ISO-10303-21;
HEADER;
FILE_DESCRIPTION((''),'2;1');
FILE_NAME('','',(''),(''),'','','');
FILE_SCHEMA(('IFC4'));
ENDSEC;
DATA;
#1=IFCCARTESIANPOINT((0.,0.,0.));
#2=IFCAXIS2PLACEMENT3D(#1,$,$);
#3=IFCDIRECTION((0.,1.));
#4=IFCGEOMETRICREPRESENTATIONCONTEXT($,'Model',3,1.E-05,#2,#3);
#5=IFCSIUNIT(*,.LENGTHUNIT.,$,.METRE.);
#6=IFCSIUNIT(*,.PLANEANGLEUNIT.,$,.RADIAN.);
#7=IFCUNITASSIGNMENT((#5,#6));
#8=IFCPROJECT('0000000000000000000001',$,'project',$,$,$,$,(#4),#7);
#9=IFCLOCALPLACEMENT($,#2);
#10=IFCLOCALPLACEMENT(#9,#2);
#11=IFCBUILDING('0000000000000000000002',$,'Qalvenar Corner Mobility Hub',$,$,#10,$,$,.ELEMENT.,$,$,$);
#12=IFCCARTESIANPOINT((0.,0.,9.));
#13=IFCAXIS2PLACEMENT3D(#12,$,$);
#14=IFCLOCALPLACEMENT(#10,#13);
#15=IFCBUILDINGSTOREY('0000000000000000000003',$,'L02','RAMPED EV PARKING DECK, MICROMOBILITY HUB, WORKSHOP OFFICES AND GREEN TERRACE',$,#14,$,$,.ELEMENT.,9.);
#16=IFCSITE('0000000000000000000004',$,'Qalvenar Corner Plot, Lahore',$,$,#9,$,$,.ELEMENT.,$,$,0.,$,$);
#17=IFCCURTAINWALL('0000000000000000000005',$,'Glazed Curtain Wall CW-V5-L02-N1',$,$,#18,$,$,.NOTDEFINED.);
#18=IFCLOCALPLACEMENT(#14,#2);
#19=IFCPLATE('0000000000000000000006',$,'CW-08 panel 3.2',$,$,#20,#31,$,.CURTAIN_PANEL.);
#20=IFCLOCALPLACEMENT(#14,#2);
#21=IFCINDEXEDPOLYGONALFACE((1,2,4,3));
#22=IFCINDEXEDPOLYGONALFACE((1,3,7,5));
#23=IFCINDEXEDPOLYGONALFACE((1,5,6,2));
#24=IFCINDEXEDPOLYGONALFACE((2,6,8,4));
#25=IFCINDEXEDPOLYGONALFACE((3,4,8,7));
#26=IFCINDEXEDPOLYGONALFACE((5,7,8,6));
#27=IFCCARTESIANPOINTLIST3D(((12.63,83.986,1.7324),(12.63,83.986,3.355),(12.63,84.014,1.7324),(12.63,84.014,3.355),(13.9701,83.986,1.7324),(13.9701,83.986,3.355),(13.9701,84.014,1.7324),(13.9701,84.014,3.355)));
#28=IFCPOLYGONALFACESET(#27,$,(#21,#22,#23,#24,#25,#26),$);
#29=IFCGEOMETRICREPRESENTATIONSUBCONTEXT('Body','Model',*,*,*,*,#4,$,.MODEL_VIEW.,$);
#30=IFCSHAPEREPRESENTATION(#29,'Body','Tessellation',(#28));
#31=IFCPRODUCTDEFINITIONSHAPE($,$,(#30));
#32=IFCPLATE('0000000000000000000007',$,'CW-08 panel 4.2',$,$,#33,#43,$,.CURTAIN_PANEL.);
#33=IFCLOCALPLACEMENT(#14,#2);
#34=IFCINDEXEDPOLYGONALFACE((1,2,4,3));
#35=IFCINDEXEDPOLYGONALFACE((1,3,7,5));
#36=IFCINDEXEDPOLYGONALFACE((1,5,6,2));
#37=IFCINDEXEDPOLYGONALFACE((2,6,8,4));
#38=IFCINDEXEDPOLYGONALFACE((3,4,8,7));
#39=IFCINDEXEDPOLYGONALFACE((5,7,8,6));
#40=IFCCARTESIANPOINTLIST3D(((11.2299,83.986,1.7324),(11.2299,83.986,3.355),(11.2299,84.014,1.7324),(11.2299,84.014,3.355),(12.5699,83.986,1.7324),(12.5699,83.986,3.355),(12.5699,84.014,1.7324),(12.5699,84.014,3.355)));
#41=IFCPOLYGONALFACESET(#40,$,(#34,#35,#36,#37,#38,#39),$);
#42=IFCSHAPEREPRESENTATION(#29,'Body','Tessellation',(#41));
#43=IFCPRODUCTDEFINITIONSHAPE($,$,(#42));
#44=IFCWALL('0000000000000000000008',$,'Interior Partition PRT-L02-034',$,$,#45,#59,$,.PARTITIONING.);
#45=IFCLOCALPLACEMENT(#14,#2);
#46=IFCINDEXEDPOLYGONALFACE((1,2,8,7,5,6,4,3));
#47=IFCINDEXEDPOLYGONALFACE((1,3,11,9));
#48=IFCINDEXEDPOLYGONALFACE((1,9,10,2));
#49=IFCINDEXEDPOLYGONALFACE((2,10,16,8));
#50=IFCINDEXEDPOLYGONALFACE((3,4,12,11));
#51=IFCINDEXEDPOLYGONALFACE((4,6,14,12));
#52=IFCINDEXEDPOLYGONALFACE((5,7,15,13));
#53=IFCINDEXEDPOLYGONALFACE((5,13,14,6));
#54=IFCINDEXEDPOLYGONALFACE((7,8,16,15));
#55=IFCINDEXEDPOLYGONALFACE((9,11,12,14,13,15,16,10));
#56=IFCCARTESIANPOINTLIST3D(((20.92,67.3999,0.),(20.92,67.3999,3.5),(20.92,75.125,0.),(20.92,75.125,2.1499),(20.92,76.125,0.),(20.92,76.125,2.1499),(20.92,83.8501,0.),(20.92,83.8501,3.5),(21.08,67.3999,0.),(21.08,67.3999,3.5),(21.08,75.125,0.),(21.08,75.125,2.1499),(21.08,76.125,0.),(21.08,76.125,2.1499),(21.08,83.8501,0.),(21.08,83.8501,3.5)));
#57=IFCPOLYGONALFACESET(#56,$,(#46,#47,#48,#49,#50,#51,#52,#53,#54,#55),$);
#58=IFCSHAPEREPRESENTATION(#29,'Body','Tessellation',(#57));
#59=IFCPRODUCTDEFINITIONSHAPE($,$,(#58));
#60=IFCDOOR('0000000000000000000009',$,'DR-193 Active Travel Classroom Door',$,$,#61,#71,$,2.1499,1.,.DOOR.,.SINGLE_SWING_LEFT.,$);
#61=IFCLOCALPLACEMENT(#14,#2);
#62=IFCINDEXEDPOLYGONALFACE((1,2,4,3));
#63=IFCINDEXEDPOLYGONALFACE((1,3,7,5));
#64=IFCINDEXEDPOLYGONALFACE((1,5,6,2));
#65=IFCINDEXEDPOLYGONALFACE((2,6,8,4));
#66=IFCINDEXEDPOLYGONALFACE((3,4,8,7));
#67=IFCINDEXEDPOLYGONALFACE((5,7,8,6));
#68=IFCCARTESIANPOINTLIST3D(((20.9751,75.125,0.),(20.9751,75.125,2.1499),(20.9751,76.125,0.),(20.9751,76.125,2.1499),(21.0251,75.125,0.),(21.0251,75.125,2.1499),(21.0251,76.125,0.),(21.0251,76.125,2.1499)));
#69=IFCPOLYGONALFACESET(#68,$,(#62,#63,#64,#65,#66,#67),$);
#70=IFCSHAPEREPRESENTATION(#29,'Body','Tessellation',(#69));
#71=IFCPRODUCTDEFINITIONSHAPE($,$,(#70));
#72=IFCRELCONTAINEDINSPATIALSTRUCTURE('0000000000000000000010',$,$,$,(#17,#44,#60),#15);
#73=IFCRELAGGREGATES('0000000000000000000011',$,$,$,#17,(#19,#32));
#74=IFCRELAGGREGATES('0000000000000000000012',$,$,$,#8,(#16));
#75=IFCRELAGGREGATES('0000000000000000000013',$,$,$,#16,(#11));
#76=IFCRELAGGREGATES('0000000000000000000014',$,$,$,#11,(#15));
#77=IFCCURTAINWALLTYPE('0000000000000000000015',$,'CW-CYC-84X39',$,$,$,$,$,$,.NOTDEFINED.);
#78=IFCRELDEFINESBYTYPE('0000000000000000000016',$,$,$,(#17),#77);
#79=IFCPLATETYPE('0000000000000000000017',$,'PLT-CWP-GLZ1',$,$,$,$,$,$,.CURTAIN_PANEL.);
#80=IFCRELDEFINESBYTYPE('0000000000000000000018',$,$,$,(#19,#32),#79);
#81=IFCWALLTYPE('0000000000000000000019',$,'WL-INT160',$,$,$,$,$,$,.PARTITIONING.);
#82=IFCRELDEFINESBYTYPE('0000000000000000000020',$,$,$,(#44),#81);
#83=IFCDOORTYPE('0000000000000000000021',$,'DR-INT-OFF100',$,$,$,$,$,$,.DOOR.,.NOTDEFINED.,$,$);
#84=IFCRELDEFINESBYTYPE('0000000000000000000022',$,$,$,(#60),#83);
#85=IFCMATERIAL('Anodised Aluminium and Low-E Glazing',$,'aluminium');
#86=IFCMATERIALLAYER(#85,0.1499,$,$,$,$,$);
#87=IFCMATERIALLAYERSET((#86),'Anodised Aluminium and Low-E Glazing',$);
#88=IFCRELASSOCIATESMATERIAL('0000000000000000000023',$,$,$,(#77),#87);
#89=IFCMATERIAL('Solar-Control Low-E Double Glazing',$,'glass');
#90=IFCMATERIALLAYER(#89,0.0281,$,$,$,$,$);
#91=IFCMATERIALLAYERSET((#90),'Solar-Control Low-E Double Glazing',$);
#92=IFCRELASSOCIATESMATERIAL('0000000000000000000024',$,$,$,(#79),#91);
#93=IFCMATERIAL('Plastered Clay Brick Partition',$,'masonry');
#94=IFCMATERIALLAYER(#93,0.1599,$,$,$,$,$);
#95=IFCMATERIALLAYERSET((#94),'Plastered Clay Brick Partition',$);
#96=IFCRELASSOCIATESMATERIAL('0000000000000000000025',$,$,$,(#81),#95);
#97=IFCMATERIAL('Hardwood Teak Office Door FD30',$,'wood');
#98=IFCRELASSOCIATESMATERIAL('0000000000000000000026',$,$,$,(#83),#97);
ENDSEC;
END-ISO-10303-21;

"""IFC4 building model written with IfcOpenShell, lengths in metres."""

from ifc_helpers import new_model, si_unit, direction, frame, frame_2d, origin, origin_2d, place, context, subcontext, project, spatial, rectangle, extrude, material, layer, layer_set, type_object, element, fill, aggregate, save


model = new_model("IFC4")

# Units and contexts
model_context = context("Model", 3, precision=1e-05, world=origin(), true_north=direction((0.0, 1.0)))
body_context = subcontext(model_context, "Body", "Model", "MODEL_VIEW")
ifc_project = project(units=[si_unit("LENGTHUNIT", "METRE"), si_unit("PLANEANGLEUNIT", "RADIAN")], contexts=[model_context])

# Site, building, storey
site_placement = place(None, origin())
site = spatial("IfcSite", under=ifc_project, at=site_placement, Name="Qalvenar Corner Plot, Lahore", CompositionType="ELEMENT", RefElevation=0.0)
building_placement = place(site_placement, origin())
building = spatial("IfcBuilding", under=site, at=building_placement, Name="Qalvenar Corner Mobility Hub", CompositionType="ELEMENT")
storey_placement = place(building_placement, frame((0.0, 0.0, 9.0)))
storey = spatial("IfcBuildingStorey", under=building, at=storey_placement, Name="L02", Description="RAMPED EV PARKING DECK, MICROMOBILITY HUB, WORKSHOP OFFICES AND GREEN TERRACE", CompositionType="ELEMENT", Elevation=9.0)

# Curtain wall
ifc_material_1 = material(Name="Anodised Aluminium and Low-E Glazing", Category="aluminium")
ifc_layer_1 = layer(ifc_material_1, 0.1499)
ifc_layer_set_1 = layer_set([ifc_layer_1], Name="Anodised Aluminium and Low-E Glazing")
curtain_wall_type = type_object("IfcCurtainWallType", Name="CW-CYC-84X39", PredefinedType="NOTDEFINED", material=ifc_layer_set_1)
curtain_wall_placement = place(storey_placement, origin())
curtain_wall = element("IfcCurtainWall", 1, at=curtain_wall_placement, inside=storey, type_object=curtain_wall_type, Name="Glazed Curtain Wall CW-V5-L02-N1", PredefinedType="NOTDEFINED")

# Plates
ifc_material_2 = material(Name="Solar-Control Low-E Double Glazing", Category="glass")
ifc_layer_2 = layer(ifc_material_2, 0.0281)
ifc_layer_set_2 = layer_set([ifc_layer_2], Name="Solar-Control Low-E Double Glazing")
plate_type = type_object("IfcPlateType", Name="PLT-CWP-GLZ1", PredefinedType="CURTAIN_PANEL", material=ifc_layer_set_2)
plate_1_placement = place(storey_placement, frame((13.3, 84.0, 1.7324), z_axis=(0.0, 0.0, 1.0), x_axis=(-1.0, 0.0, 0.0)))
plate_1 = element("IfcPlate", 2, at=plate_1_placement, type_object=plate_type, Name="CW-08 panel 3.2", PredefinedType="CURTAIN_PANEL", context=body_context, shape_type="SweptSolid", body=[
    extrude(rectangle(XDim=1.3401, YDim=0.0281, at=origin_2d()), origin(), (0.0, 0.0, 1.0), 1.6226),
])
plate_2_placement = place(storey_placement, frame((11.8999, 84.0, 1.7324), z_axis=(0.0, 0.0, 1.0), x_axis=(-1.0, 0.0, 0.0)))
plate_2 = element("IfcPlate", 3, at=plate_2_placement, type_object=plate_type, Name="CW-08 panel 4.2", PredefinedType="CURTAIN_PANEL", context=body_context, shape_type="SweptSolid", body=[
    extrude(rectangle(XDim=1.3401, YDim=0.0281, at=origin_2d()), origin(), (0.0, 0.0, 1.0), 1.6226),
])
aggregate(curtain_wall, [plate_1, plate_2])

# Wall, opening, door
ifc_material_3 = material(Name="Plastered Clay Brick Partition", Category="masonry")
ifc_layer_3 = layer(ifc_material_3, 0.1599)
ifc_layer_set_3 = layer_set([ifc_layer_3], Name="Plastered Clay Brick Partition")
wall_type = type_object("IfcWallType", Name="WL-INT160", PredefinedType="PARTITIONING", material=ifc_layer_set_3)
wall_placement = place(storey_placement, frame((21.0, 67.3999, 0.0), z_axis=(0.0, 0.0, 1.0), x_axis=(0.0, 1.0, 0.0)))
wall = element("IfcWall", 4, at=wall_placement, inside=storey, type_object=wall_type, Name="Interior Partition PRT-L02-034", PredefinedType="PARTITIONING", context=body_context, shape_type="SweptSolid", body=[
    extrude(rectangle(XDim=16.4502, YDim=0.1599, at=frame_2d((8.2251, 0.0))), origin(), (0.0, 0.0, 1.0), 3.5),
])
opening_placement = place(wall_placement, frame((7.7251, 0.0, 0.0)))
opening = element("IfcOpeningElement", 5, at=opening_placement, cuts=wall, PredefinedType="OPENING", context=body_context, shape_type="SweptSolid", body=[
    extrude(rectangle(XDim=1.0, YDim=2.1499, at=frame_2d((0.5, 1.075))), frame((0.0, 0.0898, 0.0), z_axis=(0.0, -1.0, 0.0), x_axis=(1.0, 0.0, 0.0)), (0.0, 0.0, 1.0), 0.1799),
])
ifc_material_4 = material(Name="Hardwood Teak Office Door FD30", Category="wood")
door_type = type_object("IfcDoorType", Name="DR-INT-OFF100", OperationType="NOTDEFINED", PredefinedType="DOOR", material=ifc_material_4)
door_placement = place(opening_placement, origin())
door = element("IfcDoor", 6, at=door_placement, inside=storey, type_object=door_type, Name="DR-193 Active Travel Classroom Door", OperationType="SINGLE_SWING_LEFT", OverallHeight=2.1499, OverallWidth=1.0, PredefinedType="DOOR", context=body_context, shape_type="SweptSolid", body=[
    extrude(rectangle(XDim=1.0, YDim=2.1499, at=frame_2d((0.5, 1.075))), frame((0.0, 0.0249, 0.0), z_axis=(0.0, -1.0, 0.0), x_axis=(1.0, 0.0, 0.0)), (0.0, 0.0, 1.0), 0.05),
])
fill(opening, door)

save(model, "model.ifc")
